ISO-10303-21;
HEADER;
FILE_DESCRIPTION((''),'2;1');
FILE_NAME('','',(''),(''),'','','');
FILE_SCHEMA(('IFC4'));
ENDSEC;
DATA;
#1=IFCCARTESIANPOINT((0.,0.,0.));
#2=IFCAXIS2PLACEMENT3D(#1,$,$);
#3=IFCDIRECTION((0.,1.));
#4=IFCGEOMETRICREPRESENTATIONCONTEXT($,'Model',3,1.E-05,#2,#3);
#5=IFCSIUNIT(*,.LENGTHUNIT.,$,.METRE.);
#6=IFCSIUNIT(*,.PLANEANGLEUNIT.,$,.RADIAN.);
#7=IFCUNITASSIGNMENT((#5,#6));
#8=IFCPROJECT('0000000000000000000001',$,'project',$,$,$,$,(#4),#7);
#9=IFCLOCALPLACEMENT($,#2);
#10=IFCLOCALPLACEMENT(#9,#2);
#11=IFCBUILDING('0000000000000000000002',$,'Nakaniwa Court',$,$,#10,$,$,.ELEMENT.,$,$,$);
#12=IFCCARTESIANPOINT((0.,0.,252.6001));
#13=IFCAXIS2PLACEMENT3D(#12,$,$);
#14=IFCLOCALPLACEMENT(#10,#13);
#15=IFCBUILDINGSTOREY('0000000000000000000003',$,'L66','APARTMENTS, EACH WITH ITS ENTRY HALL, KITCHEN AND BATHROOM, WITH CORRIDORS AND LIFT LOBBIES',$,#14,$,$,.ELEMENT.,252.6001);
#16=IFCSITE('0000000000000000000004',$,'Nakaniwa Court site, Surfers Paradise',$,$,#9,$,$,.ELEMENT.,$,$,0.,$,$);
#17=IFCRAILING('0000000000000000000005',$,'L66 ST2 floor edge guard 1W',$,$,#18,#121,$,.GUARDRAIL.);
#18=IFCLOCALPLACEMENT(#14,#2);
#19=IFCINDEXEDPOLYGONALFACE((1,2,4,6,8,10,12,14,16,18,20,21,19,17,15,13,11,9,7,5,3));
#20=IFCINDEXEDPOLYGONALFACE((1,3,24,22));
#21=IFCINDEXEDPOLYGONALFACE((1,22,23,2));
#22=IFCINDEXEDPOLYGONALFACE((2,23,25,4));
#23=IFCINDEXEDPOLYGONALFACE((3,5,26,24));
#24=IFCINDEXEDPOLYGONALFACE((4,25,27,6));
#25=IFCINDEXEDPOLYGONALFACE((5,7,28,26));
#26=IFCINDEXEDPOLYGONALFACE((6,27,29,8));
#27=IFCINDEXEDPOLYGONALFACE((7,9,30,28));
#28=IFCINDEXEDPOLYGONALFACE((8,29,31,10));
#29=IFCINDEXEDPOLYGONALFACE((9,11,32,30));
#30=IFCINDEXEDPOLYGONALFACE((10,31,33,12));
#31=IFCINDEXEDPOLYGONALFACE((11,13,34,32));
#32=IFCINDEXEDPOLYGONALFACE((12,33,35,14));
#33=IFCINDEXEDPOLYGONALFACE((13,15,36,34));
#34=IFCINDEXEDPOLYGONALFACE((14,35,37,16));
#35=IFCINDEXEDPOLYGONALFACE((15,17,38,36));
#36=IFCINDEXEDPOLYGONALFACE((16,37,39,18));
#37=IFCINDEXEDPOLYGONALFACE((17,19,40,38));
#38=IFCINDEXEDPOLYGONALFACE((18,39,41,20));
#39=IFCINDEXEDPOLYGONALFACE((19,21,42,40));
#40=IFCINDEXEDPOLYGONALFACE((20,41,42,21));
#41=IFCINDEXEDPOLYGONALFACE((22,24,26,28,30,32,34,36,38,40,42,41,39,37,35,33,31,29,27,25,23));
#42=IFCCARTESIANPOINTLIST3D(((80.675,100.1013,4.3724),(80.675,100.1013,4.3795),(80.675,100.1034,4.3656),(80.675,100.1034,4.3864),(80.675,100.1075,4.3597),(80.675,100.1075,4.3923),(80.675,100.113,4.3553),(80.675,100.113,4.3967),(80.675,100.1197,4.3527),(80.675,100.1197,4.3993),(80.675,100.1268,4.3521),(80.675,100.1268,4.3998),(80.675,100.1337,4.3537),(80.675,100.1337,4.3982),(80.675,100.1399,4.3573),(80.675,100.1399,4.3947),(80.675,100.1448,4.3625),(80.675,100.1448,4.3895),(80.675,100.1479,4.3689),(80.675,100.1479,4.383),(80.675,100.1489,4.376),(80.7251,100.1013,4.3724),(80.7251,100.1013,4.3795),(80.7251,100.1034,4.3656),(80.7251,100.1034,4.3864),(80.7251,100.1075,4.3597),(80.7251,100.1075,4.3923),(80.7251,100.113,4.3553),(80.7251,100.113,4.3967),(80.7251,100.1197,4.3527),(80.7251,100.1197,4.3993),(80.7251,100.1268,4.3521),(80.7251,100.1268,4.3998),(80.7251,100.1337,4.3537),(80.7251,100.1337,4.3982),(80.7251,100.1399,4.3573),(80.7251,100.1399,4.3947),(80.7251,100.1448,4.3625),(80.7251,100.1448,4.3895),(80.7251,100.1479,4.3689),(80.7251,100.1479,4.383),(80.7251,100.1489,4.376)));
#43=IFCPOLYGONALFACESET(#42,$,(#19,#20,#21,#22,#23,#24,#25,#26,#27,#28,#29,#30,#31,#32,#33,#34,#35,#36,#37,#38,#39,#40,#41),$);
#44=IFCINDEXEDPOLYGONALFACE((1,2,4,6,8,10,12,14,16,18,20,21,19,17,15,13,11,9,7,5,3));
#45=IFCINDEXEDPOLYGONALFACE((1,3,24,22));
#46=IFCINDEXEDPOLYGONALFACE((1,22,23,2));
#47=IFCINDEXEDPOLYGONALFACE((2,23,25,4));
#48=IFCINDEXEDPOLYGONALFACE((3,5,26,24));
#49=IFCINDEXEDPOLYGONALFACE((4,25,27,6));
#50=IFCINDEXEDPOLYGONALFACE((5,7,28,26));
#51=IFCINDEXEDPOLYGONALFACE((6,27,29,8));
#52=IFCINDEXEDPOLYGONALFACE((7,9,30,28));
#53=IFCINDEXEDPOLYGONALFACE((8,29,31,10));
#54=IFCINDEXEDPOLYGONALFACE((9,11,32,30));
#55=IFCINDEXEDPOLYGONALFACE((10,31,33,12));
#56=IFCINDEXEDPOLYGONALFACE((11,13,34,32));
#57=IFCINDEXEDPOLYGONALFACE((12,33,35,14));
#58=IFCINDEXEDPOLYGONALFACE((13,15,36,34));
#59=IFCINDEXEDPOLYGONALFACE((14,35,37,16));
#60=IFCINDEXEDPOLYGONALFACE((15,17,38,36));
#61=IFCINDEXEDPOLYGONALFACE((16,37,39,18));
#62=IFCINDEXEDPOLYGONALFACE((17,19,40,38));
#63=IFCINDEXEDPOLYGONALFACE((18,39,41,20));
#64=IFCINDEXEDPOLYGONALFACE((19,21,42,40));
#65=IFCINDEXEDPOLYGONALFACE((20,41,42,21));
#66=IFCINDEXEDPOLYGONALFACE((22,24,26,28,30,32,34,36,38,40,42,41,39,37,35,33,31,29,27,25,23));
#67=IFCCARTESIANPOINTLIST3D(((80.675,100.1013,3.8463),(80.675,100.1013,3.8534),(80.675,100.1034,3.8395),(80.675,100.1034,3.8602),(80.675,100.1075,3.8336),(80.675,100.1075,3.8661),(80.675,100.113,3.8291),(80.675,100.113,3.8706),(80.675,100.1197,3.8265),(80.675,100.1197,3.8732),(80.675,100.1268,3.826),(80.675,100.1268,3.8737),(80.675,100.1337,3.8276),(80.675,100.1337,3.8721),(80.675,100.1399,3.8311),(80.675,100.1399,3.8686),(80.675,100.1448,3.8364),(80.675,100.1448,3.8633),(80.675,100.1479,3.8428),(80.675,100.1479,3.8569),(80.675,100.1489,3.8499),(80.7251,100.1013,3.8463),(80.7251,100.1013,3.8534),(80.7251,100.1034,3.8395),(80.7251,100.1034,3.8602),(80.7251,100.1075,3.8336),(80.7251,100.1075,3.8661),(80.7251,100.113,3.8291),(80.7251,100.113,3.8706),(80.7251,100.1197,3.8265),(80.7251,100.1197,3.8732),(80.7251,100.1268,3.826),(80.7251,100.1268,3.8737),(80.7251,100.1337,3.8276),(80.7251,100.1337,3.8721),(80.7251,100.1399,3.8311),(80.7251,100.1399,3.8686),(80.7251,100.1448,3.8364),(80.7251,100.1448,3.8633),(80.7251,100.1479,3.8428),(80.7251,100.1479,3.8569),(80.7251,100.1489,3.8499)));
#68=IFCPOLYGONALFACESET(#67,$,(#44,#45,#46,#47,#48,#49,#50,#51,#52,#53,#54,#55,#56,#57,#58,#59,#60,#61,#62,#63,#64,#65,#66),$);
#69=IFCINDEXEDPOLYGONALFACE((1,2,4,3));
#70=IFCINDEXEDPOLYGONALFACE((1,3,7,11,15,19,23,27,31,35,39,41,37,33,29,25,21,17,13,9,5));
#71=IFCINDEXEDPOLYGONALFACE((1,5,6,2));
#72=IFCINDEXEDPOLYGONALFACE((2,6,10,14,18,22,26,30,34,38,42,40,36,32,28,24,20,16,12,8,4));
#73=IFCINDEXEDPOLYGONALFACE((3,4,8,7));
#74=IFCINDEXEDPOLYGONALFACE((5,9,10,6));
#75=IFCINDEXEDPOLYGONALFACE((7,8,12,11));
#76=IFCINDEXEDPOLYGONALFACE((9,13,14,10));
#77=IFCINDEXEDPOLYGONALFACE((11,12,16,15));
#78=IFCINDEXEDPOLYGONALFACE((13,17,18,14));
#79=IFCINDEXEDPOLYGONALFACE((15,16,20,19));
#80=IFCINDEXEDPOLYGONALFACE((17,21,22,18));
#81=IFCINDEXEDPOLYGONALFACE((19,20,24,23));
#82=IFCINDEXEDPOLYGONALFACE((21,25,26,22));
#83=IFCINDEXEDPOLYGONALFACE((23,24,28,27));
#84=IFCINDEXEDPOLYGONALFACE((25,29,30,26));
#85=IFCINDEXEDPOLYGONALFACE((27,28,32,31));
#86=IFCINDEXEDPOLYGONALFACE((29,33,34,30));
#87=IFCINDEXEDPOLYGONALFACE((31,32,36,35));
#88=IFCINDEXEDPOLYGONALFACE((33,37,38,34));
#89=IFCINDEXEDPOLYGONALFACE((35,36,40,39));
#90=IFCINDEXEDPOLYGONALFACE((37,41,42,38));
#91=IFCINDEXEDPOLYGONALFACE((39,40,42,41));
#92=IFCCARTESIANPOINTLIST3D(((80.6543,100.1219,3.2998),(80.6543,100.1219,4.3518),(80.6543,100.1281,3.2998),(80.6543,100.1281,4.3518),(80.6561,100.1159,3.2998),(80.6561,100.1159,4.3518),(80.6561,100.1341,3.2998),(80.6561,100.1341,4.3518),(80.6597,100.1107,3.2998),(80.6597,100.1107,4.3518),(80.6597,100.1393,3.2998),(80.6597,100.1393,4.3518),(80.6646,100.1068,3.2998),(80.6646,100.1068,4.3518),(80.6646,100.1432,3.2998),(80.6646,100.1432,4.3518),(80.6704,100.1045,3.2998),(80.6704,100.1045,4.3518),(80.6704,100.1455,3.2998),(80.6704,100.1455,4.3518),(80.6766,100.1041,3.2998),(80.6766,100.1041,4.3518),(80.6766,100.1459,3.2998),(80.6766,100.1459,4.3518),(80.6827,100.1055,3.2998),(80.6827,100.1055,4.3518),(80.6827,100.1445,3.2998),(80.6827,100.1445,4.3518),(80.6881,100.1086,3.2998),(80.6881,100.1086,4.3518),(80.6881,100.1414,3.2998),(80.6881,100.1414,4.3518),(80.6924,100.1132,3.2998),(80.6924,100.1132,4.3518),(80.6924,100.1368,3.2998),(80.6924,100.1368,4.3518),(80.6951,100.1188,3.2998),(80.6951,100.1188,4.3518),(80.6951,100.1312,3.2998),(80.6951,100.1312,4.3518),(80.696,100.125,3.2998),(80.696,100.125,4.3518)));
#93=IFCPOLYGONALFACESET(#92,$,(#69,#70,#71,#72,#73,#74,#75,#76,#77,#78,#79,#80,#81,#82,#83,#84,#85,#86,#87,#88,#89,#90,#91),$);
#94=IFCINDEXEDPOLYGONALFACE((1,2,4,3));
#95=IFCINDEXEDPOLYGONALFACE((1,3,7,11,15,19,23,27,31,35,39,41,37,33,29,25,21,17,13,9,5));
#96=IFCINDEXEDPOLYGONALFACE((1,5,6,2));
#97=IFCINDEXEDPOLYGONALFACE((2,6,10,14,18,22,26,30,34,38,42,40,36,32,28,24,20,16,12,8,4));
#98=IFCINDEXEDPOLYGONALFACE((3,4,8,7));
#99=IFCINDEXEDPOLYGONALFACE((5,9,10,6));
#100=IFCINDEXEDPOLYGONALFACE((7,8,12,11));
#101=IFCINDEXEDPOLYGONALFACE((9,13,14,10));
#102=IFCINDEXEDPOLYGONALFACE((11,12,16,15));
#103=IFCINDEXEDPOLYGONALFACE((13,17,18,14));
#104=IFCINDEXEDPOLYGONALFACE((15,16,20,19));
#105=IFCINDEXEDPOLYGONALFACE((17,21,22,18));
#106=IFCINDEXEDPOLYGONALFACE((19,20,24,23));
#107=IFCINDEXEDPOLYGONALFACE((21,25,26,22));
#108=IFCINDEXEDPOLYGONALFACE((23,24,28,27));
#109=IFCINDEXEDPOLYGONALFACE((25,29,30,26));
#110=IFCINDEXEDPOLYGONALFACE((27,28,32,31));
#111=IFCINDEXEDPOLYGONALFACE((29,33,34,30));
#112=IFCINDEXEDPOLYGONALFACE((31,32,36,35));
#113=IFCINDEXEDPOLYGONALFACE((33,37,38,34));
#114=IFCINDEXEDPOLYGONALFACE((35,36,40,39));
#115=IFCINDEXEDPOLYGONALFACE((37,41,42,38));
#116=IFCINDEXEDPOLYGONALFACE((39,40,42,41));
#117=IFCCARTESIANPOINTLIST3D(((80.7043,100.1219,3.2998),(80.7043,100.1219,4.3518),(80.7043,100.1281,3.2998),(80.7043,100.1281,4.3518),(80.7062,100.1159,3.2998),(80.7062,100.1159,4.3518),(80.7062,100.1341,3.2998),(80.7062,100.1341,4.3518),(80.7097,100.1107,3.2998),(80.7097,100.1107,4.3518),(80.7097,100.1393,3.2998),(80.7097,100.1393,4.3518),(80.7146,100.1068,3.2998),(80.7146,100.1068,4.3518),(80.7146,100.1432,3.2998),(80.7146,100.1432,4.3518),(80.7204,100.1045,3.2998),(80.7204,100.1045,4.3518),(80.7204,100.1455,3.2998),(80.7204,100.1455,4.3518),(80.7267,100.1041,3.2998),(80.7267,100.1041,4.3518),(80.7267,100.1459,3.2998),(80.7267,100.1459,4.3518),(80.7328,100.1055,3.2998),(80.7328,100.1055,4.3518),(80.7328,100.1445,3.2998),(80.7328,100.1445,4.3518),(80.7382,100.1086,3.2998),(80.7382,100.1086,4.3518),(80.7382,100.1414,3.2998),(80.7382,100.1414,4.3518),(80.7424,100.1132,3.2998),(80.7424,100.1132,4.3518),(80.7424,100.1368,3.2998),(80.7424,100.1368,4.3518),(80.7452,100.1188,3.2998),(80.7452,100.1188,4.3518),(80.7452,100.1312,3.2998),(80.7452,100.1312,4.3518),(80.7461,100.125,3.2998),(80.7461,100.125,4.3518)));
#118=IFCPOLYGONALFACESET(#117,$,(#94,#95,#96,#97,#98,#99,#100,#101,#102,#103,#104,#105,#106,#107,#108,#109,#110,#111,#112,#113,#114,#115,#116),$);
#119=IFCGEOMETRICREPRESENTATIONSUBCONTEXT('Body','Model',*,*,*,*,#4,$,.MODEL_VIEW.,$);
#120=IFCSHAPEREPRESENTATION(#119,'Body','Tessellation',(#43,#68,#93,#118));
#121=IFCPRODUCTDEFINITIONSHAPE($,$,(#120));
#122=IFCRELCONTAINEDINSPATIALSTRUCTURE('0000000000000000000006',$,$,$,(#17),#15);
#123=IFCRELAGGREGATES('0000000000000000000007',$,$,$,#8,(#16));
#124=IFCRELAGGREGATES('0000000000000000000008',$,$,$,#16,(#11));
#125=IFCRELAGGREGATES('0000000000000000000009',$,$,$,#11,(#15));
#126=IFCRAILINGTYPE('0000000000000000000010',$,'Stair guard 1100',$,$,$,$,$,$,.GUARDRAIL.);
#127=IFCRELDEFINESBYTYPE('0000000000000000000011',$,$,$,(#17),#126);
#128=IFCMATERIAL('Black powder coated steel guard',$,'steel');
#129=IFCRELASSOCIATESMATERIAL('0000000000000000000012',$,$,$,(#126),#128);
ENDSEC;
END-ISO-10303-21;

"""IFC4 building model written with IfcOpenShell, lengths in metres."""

from ifc_helpers import new_model, si_unit, direction, frame, origin, origin_2d, place, context, subcontext, project, spatial, circle, extrude, material, type_object, element, save


model = new_model("IFC4")

# Units and contexts
model_context = context("Model", 3, precision=1e-05, world=origin(), true_north=direction((0.0, 1.0)))
body_context = subcontext(model_context, "Body", "Model", "MODEL_VIEW")
ifc_project = project(units=[si_unit("LENGTHUNIT", "METRE"), si_unit("PLANEANGLEUNIT", "RADIAN")], contexts=[model_context])

# Site, building, storey
site_placement = place(None, origin())
site = spatial("IfcSite", under=ifc_project, at=site_placement, Name="Nakaniwa Court site, Surfers Paradise", CompositionType="ELEMENT", RefElevation=0.0)
building_placement = place(site_placement, origin())
building = spatial("IfcBuilding", under=site, at=building_placement, Name="Nakaniwa Court", CompositionType="ELEMENT")
storey_placement = place(building_placement, frame((0.0, 0.0, 252.6001)))
storey = spatial("IfcBuildingStorey", under=building, at=storey_placement, Name="L66", Description="APARTMENTS, EACH WITH ITS ENTRY HALL, KITCHEN AND BATHROOM, WITH CORRIDORS AND LIFT LOBBIES", CompositionType="ELEMENT", Elevation=252.6001)

# Railing
ifc_material_1 = material(Name="Black powder coated steel guard", Category="steel")
railing_type_1 = type_object("IfcRailingType", Name="Stair guard 1100", PredefinedType="GUARDRAIL", material=ifc_material_1)
for number, where, name in (
    (1, (80.675, 100.125, 3.2998), "L66 ST2 floor edge guard 1W"),
):
    element("IfcRailing", number, at=place(storey_placement, frame(where)), inside=storey, type_object=railing_type_1, Name=name, PredefinedType="GUARDRAIL", context=body_context, shape_type="SweptSolid", body=[
        extrude(circle(Radius=0.0239, at=origin_2d()), frame((0.0, 0.0, 1.0762), z_axis=(1.0, 0.0, 0.0), x_axis=(0.0, 1.0, 0.0)), (0.0, 0.0, 1.0), 0.05),
        extrude(circle(Radius=0.0239, at=origin_2d()), frame((0.0, 0.0, 0.55), z_axis=(1.0, 0.0, 0.0), x_axis=(0.0, 1.0, 0.0)), (0.0, 0.0, 1.0), 0.05),
        extrude(circle(Radius=0.021, at=origin_2d()), origin(), (0.0, 0.0, 1.0), 1.052),
        extrude(circle(Radius=0.021, at=origin_2d()), frame((0.05, 0.0, 0.0)), (0.0, 0.0, 1.0), 1.052),
    ])

save(model, "model.ifc")
